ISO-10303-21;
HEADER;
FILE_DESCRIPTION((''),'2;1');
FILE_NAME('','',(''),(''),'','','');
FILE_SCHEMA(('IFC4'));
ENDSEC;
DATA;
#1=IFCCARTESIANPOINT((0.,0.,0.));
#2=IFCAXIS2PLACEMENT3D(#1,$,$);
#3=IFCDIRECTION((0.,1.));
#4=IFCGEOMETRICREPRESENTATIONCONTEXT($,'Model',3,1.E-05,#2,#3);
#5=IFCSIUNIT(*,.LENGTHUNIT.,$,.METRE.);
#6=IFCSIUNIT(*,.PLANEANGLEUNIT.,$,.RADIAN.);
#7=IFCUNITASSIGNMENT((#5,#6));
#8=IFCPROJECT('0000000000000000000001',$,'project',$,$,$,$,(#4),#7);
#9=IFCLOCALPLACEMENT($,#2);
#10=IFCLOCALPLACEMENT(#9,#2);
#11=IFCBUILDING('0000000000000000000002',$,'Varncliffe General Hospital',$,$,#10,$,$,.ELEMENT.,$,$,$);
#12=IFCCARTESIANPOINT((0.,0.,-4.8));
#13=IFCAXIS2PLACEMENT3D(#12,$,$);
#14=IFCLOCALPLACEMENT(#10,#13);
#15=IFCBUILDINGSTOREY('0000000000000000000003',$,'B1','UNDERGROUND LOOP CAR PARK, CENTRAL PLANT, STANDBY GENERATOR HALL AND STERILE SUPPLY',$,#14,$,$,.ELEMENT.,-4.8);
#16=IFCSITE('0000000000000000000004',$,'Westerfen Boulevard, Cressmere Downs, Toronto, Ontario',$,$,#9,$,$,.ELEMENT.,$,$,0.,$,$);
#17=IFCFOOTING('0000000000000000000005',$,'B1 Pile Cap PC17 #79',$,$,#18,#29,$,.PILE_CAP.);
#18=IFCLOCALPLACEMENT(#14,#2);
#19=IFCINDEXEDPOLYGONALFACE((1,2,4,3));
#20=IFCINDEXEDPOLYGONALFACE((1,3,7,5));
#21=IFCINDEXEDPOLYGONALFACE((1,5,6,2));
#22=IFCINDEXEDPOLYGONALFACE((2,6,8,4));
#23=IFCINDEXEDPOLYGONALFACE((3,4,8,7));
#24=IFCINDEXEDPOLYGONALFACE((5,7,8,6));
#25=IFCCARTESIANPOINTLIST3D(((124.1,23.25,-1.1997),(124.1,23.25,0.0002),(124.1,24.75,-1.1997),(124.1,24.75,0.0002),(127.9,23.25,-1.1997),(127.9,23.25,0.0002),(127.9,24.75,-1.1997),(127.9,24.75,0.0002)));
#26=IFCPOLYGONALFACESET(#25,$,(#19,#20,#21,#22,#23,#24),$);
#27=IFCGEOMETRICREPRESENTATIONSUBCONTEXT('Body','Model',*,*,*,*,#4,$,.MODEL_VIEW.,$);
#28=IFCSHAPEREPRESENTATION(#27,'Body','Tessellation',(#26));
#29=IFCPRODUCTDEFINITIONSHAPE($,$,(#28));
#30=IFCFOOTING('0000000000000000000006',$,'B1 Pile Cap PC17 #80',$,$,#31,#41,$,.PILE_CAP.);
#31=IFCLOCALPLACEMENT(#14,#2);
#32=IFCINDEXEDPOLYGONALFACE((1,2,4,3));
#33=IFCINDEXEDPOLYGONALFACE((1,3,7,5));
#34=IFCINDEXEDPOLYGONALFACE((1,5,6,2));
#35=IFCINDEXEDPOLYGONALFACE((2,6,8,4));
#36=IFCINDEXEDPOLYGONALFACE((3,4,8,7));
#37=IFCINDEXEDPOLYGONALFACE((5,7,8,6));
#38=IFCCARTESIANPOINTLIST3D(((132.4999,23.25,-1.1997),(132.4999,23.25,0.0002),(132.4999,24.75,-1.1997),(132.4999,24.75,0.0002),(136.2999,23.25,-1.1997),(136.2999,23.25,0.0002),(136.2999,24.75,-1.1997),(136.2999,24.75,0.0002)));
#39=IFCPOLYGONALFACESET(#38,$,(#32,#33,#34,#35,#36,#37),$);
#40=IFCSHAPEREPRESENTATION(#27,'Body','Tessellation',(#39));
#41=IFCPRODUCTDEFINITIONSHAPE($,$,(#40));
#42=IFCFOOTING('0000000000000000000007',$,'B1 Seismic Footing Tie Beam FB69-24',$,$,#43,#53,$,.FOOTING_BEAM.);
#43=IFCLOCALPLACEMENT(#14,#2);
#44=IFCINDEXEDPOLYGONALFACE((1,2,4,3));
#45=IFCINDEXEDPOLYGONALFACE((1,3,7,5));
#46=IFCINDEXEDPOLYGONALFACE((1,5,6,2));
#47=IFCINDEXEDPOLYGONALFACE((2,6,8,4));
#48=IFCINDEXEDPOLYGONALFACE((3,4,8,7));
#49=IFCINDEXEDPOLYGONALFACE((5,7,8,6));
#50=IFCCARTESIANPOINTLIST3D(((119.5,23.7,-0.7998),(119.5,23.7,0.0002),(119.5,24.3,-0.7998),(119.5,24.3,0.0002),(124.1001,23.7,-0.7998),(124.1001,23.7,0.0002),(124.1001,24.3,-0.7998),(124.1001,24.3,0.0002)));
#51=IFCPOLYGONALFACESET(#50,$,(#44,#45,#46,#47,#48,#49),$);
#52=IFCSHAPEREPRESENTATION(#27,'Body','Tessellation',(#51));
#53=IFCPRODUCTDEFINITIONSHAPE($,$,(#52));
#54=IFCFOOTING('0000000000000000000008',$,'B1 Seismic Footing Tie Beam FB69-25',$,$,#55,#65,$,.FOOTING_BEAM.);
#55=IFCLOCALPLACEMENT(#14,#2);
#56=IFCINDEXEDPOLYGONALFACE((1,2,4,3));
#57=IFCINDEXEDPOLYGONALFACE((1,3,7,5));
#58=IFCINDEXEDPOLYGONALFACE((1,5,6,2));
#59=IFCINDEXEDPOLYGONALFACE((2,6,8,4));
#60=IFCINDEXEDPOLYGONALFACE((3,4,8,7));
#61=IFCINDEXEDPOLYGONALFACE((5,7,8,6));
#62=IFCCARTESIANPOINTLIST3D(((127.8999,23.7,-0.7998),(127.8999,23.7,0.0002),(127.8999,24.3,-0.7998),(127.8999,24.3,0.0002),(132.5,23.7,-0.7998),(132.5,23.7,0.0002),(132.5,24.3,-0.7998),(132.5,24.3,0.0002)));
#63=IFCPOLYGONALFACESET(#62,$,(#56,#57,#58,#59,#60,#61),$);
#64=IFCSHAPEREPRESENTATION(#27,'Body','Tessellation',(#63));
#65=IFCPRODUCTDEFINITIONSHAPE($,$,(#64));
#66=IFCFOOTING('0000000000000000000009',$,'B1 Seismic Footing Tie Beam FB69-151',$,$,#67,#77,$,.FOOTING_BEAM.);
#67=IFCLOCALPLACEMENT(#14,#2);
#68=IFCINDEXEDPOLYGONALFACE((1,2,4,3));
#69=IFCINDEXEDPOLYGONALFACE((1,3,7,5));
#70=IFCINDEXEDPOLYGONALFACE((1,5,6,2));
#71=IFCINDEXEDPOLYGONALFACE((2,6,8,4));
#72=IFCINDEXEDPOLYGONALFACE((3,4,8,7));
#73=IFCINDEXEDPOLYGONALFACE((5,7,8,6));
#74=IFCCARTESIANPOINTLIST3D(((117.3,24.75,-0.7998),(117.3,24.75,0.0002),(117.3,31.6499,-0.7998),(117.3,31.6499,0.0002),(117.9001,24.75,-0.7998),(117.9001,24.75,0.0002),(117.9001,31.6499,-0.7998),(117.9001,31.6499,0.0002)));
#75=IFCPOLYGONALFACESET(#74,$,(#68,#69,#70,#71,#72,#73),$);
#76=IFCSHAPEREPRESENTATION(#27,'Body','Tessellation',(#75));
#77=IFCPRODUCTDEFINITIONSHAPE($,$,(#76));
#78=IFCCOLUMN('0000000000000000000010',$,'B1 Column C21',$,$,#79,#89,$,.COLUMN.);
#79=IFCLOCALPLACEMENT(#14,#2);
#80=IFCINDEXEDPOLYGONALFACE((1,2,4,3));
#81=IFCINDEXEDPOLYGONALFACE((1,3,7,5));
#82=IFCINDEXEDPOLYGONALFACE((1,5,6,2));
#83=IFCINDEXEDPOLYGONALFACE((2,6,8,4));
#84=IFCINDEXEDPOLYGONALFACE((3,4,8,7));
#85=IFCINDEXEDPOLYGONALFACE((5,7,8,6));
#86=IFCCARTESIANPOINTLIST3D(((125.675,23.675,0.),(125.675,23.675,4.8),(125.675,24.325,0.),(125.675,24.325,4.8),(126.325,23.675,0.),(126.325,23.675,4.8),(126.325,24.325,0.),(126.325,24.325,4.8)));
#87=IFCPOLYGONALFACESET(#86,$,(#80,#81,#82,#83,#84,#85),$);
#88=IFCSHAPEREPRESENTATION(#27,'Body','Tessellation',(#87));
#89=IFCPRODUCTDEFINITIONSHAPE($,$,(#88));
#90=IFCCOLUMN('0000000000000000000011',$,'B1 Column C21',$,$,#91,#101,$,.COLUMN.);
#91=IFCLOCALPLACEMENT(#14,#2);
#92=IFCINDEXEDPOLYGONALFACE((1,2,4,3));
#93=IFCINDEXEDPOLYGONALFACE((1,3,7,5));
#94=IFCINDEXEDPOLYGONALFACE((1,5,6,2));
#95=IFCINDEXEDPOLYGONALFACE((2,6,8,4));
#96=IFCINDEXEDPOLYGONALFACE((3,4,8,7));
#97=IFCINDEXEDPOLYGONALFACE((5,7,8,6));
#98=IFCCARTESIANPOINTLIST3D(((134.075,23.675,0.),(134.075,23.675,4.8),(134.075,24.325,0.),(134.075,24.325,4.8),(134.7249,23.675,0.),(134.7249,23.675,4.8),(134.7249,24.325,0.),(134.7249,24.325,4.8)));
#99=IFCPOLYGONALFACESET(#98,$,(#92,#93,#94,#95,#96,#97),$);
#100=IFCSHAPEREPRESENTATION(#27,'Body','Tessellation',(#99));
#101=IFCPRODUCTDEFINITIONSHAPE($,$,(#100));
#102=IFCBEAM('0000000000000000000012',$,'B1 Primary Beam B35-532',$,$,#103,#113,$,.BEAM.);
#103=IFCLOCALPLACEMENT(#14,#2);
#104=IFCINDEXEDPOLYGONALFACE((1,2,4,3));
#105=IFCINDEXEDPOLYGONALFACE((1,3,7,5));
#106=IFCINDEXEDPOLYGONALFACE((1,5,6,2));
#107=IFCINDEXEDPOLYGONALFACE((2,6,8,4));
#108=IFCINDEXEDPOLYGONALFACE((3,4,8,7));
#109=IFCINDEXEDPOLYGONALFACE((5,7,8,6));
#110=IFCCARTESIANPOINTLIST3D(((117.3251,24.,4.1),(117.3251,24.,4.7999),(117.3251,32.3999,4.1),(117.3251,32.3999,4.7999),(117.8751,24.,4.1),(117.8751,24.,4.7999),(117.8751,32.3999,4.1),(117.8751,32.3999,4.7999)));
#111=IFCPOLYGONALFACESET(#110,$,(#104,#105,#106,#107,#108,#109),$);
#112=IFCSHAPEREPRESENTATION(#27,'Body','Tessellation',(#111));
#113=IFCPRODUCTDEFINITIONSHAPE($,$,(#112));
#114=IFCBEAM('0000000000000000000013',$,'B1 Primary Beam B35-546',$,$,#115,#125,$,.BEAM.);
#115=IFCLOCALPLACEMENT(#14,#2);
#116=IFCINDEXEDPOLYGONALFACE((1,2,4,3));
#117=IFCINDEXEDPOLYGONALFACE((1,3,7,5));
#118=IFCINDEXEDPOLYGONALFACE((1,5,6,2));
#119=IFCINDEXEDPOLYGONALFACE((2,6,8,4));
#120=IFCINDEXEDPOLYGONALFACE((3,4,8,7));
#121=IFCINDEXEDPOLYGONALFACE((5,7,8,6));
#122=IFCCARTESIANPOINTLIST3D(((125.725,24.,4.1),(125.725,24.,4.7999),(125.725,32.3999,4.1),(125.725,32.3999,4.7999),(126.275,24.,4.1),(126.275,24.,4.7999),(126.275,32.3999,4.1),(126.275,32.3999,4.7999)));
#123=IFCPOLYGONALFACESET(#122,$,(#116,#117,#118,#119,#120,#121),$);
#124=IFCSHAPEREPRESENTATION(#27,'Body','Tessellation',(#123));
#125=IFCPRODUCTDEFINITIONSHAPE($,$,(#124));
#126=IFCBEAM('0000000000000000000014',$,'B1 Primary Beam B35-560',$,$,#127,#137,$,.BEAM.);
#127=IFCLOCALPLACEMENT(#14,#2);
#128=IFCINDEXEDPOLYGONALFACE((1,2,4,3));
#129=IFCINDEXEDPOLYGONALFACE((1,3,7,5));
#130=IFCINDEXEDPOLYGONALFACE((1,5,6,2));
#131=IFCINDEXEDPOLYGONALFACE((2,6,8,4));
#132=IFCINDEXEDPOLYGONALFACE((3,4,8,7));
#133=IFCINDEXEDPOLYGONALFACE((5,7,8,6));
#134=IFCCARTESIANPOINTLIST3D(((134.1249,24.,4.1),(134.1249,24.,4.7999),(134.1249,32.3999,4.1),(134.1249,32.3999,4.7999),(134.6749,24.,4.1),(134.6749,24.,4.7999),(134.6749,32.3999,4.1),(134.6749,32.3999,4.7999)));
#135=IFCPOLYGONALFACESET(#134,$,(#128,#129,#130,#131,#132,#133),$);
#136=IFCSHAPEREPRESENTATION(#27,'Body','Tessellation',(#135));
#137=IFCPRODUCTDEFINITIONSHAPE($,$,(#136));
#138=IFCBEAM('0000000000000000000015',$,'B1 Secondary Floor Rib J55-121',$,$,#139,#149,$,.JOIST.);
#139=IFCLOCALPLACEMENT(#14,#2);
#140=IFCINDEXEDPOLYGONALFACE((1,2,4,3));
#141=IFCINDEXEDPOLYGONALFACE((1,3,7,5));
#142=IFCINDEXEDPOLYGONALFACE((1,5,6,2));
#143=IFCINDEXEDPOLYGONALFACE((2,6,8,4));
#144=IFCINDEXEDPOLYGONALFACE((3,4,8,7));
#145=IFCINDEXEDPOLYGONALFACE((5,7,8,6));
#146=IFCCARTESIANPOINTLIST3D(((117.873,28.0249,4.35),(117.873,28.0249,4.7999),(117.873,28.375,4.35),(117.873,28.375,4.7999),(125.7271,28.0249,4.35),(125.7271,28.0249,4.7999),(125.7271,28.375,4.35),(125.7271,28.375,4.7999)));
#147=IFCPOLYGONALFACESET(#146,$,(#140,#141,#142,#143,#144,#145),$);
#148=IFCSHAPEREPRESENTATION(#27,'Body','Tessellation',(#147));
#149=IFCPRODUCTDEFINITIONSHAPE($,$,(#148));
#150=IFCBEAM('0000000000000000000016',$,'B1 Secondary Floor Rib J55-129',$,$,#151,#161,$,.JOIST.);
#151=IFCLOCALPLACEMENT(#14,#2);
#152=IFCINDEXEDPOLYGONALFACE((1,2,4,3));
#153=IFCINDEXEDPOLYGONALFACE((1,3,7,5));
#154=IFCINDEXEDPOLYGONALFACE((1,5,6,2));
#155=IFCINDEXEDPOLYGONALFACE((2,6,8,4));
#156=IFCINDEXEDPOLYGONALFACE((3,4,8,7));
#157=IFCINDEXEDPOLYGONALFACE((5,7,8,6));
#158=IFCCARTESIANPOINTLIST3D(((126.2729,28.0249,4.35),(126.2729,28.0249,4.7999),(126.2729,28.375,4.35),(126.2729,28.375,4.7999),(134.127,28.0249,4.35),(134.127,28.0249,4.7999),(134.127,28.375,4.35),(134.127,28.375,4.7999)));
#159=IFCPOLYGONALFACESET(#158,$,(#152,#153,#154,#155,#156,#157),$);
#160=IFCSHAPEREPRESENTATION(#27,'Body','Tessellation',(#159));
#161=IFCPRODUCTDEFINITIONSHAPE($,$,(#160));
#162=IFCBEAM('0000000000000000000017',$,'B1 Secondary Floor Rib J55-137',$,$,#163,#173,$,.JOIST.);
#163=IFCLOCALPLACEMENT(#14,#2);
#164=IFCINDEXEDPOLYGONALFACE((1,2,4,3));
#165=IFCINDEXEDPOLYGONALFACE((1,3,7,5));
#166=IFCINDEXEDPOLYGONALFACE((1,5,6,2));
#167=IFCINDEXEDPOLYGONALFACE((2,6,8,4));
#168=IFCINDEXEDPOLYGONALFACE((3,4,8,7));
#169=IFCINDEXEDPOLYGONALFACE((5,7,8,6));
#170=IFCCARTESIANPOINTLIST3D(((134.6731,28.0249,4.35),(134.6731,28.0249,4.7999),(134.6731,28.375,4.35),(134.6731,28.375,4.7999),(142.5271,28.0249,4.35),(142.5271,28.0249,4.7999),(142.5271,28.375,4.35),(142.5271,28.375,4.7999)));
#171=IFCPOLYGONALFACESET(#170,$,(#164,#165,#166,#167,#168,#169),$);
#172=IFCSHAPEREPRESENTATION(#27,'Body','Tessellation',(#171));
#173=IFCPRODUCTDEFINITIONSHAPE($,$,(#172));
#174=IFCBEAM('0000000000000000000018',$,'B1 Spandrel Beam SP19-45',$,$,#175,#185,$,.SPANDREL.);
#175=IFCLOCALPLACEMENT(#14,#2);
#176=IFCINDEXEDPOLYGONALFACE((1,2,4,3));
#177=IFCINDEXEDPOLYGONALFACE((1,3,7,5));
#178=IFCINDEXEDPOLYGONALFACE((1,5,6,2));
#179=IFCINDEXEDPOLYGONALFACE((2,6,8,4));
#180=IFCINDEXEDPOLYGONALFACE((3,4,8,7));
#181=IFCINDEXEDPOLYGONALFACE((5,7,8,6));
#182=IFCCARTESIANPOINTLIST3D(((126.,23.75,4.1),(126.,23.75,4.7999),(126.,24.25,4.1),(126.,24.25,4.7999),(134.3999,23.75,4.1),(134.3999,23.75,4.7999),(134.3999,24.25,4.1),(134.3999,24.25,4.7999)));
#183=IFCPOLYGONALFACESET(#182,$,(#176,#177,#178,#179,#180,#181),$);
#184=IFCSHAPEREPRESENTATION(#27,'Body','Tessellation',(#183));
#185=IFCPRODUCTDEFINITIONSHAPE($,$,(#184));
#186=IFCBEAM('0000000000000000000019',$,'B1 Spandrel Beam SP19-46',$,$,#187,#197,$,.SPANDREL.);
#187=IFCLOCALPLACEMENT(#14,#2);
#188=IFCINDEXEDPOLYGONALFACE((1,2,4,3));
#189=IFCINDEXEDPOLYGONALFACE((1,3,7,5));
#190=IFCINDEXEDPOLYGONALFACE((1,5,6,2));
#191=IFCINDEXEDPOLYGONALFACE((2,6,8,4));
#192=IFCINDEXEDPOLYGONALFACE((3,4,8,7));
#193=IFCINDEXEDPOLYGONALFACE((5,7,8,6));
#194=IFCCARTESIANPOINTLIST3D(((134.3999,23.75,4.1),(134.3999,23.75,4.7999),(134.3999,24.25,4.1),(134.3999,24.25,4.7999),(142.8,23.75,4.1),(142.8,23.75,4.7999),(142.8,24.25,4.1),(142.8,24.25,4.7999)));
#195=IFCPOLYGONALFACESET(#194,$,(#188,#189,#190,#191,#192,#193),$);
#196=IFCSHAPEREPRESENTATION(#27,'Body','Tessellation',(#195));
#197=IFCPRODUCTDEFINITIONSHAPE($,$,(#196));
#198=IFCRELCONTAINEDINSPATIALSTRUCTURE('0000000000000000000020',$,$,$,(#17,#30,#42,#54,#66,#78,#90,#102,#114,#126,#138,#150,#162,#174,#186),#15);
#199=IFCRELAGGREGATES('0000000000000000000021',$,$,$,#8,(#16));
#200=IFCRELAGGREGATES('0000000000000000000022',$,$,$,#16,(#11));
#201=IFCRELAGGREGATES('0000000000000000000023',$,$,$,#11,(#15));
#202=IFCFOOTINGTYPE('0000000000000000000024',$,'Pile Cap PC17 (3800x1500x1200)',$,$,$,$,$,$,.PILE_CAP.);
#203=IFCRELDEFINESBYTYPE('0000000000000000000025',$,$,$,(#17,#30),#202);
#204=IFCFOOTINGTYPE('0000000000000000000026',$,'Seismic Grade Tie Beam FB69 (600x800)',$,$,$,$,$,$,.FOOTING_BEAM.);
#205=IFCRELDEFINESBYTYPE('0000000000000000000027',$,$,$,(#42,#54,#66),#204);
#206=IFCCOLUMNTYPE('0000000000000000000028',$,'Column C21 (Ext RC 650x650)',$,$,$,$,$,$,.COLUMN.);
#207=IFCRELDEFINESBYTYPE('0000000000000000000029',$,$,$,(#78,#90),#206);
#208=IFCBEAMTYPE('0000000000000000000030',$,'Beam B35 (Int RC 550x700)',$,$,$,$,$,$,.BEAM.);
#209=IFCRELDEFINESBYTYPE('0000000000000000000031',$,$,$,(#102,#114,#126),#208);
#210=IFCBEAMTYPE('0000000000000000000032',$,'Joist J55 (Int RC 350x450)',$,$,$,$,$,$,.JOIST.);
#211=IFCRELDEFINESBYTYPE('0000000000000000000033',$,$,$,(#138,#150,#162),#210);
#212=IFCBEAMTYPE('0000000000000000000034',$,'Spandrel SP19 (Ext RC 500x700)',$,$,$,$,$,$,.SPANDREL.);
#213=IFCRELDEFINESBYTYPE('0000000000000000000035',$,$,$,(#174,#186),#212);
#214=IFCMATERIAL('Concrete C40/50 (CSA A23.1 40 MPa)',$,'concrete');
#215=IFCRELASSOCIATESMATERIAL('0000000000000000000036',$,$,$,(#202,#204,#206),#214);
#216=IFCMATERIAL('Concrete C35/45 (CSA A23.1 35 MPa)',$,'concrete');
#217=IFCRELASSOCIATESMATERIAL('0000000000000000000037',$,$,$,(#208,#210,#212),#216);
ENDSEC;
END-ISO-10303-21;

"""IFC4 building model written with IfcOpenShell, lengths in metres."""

from ifc_helpers import new_model, si_unit, direction, frame, origin, origin_2d, place, context, subcontext, project, spatial, rectangle, extrude, material, material_profile, profile_set, type_object, element, save


model = new_model("IFC4")

# Units and contexts
model_context = context("Model", 3, precision=1e-05, world=origin(), true_north=direction((0.0, 1.0)))
body_context = subcontext(model_context, "Body", "Model", "MODEL_VIEW")
ifc_project = project(units=[si_unit("LENGTHUNIT", "METRE"), si_unit("PLANEANGLEUNIT", "RADIAN")], contexts=[model_context])

# Site, building, storey
site_placement = place(None, origin())
site = spatial("IfcSite", under=ifc_project, at=site_placement, Name="Westerfen Boulevard, Cressmere Downs, Toronto, Ontario", CompositionType="ELEMENT", RefElevation=0.0)
building_placement = place(site_placement, origin())
building = spatial("IfcBuilding", under=site, at=building_placement, Name="Varncliffe General Hospital", CompositionType="ELEMENT")
storey_placement = place(building_placement, frame((0.0, 0.0, -4.8)))
storey = spatial("IfcBuildingStorey", under=building, at=storey_placement, Name="B1", Description="UNDERGROUND LOOP CAR PARK, CENTRAL PLANT, STANDBY GENERATOR HALL AND STERILE SUPPLY", CompositionType="ELEMENT", Elevation=-4.8)

# Shared definitions
ifc_material_1 = material(Name="Concrete C40/50 (CSA A23.1 40 MPa)", Category="concrete")

# Footings
footing_type_1 = type_object("IfcFootingType", Name="Pile Cap PC17 (3800x1500x1200)", PredefinedType="PILE_CAP", material=ifc_material_1)
for number, where, z_axis, x_axis, name in (
    (1, (126.0, 24.0, -1.1997), (0.0, 0.0, 1.0), (1.0, 0.0, 0.0), "B1 Pile Cap PC17 #79"),
    (2, (134.3999, 24.0, -1.1997), (0.0, 0.0, 1.0), (1.0, 0.0, 0.0), "B1 Pile Cap PC17 #80"),
):
    element("IfcFooting", number, at=place(storey_placement, frame(where, z_axis=z_axis, x_axis=x_axis)), inside=storey, type_object=footing_type_1, Name=name, PredefinedType="PILE_CAP", context=body_context, shape_type="SweptSolid", body=[
        extrude(rectangle(XDim=3.8, YDim=1.5, at=origin_2d()), origin(), (0.0, 0.0, 1.0), 1.2),
    ])
footing_type_2 = type_object("IfcFootingType", Name="Seismic Grade Tie Beam FB69 (600x800)", PredefinedType="FOOTING_BEAM", material=ifc_material_1)
for number, where, z_axis, x_axis, name in (
    (3, (121.8, 24.0, -0.7998), (0.0, 0.0, 1.0), (1.0, 0.0, 0.0), "B1 Seismic Footing Tie Beam FB69-24"),
    (4, (130.2, 24.0, -0.7998), (0.0, 0.0, 1.0), (1.0, 0.0, 0.0), "B1 Seismic Footing Tie Beam FB69-25"),
):
    element("IfcFooting", number, at=place(storey_placement, frame(where, z_axis=z_axis, x_axis=x_axis)), inside=storey, type_object=footing_type_2, Name=name, PredefinedType="FOOTING_BEAM", context=body_context, shape_type="SweptSolid", body=[
        extrude(rectangle(XDim=4.6001, YDim=0.6001, at=origin_2d()), origin(), (0.0, 0.0, 1.0), 0.8),
    ])
footing_placement = place(storey_placement, frame((117.6001, 28.2, -0.7998), z_axis=(0.0, 0.0, 1.0), x_axis=(1.0, 0.0, 0.0)))
element("IfcFooting", 5, at=footing_placement, inside=storey, type_object=footing_type_2, Name="B1 Seismic Footing Tie Beam FB69-151", PredefinedType="FOOTING_BEAM", context=body_context, shape_type="SweptSolid", body=[
    extrude(rectangle(XDim=0.6001, YDim=6.8999, at=origin_2d()), origin(), (0.0, 0.0, 1.0), 0.8),
])

# Columns
ifc_material_profile_1 = material_profile(ifc_material_1, rectangle(XDim=0.6499, YDim=0.6499, at=origin_2d()), Name="RC 650x650")
ifc_profile_set_1 = profile_set([ifc_material_profile_1], Name="Concrete C40/50 (CSA A23.1 40 MPa)")
column_type = type_object("IfcColumnType", Name="Column C21 (Ext RC 650x650)", PredefinedType="COLUMN", material=ifc_profile_set_1)
for number, where, z_axis, x_axis, name in (
    (6, (126.0, 24.0, 0.0), (0.0, 0.0, 1.0), (1.0, 0.0, 0.0), "B1 Column C21"),
    (7, (134.3999, 24.0, 0.0), (0.0, 0.0, 1.0), (1.0, 0.0, 0.0), "B1 Column C21"),
):
    element("IfcColumn", number, at=place(storey_placement, frame(where, z_axis=z_axis, x_axis=x_axis)), inside=storey, type_object=column_type, Name=name, PredefinedType="COLUMN", context=body_context, shape_type="SweptSolid", body=[
        extrude(rectangle(XDim=0.6499, YDim=0.6499, at=origin_2d()), origin(), (0.0, 0.0, 1.0), 4.8),
    ])

# Beams
ifc_material_2 = material(Name="Concrete C35/45 (CSA A23.1 35 MPa)", Category="concrete")
ifc_material_profile_2 = material_profile(ifc_material_2, rectangle(XDim=0.55, YDim=0.7, at=origin_2d()), Name="RC 550x700")
ifc_profile_set_2 = profile_set([ifc_material_profile_2], Name="Concrete C35/45 (CSA A23.1 35 MPa)")
beam_type_1 = type_object("IfcBeamType", Name="Beam B35 (Int RC 550x700)", PredefinedType="BEAM", material=ifc_profile_set_2)
for number, where, z_axis, x_axis, name in (
    (8, (117.6001, 24.0, 4.45), (0.0, 1.0, 0.0), (-1.0, 0.0, 0.0), "B1 Primary Beam B35-532"),
    (9, (126.0, 24.0, 4.45), (0.0, 1.0, 0.0), (-1.0, 0.0, 0.0), "B1 Primary Beam B35-546"),
    (10, (134.3999, 24.0, 4.45), (0.0, 1.0, 0.0), (-1.0, 0.0, 0.0), "B1 Primary Beam B35-560"),
):
    element("IfcBeam", number, at=place(storey_placement, frame(where, z_axis=z_axis, x_axis=x_axis)), inside=storey, type_object=beam_type_1, Name=name, PredefinedType="BEAM", context=body_context, shape_type="SweptSolid", body=[
        extrude(rectangle(XDim=0.55, YDim=0.7, at=origin_2d()), origin(), (0.0, 0.0, 1.0), 8.3999),
    ])
ifc_material_profile_3 = material_profile(ifc_material_2, rectangle(XDim=0.3501, YDim=0.45, at=origin_2d()), Name="RC 350x450")
ifc_profile_set_3 = profile_set([ifc_material_profile_3], Name="Concrete C35/45 (CSA A23.1 35 MPa)")
beam_type_2 = type_object("IfcBeamType", Name="Joist J55 (Int RC 350x450)", PredefinedType="JOIST", material=ifc_profile_set_3)
for number, where, z_axis, x_axis, name in (
    (11, (117.873, 28.2, 4.575), (1.0, 0.0, 0.0), (0.0, 1.0, 0.0), "B1 Secondary Floor Rib J55-121"),
    (12, (126.2729, 28.2, 4.575), (1.0, 0.0, 0.0), (0.0, 1.0, 0.0), "B1 Secondary Floor Rib J55-129"),
    (13, (134.6731, 28.2, 4.575), (1.0, 0.0, 0.0), (0.0, 1.0, 0.0), "B1 Secondary Floor Rib J55-137"),
):
    element("IfcBeam", number, at=place(storey_placement, frame(where, z_axis=z_axis, x_axis=x_axis)), inside=storey, type_object=beam_type_2, Name=name, PredefinedType="JOIST", context=body_context, shape_type="SweptSolid", body=[
        extrude(rectangle(XDim=0.3501, YDim=0.45, at=origin_2d()), origin(), (0.0, 0.0, 1.0), 7.854),
    ])
ifc_material_profile_4 = material_profile(ifc_material_2, rectangle(XDim=0.5, YDim=0.7, at=origin_2d()), Name="RC 500x700")
ifc_profile_set_4 = profile_set([ifc_material_profile_4], Name="Concrete C35/45 (CSA A23.1 35 MPa)")
beam_type_3 = type_object("IfcBeamType", Name="Spandrel SP19 (Ext RC 500x700)", PredefinedType="SPANDREL", material=ifc_profile_set_4)
beam_1_placement = place(storey_placement, frame((126.0, 24.0, 4.45), z_axis=(1.0, 0.0, 0.0), x_axis=(0.0, 1.0, 0.0)))
element("IfcBeam", 14, at=beam_1_placement, inside=storey, type_object=beam_type_3, Name="B1 Spandrel Beam SP19-45", PredefinedType="SPANDREL", context=body_context, shape_type="SweptSolid", body=[
    extrude(rectangle(XDim=0.5, YDim=0.7, at=origin_2d()), origin(), (0.0, 0.0, 1.0), 8.3999),
])
beam_2_placement = place(storey_placement, frame((134.3999, 24.0, 4.45), z_axis=(1.0, 0.0, 0.0), x_axis=(0.0, 1.0, 0.0)))
element("IfcBeam", 15, at=beam_2_placement, inside=storey, type_object=beam_type_3, Name="B1 Spandrel Beam SP19-46", PredefinedType="SPANDREL", context=body_context, shape_type="SweptSolid", body=[
    extrude(rectangle(XDim=0.5, YDim=0.7, at=origin_2d()), origin(), (0.0, 0.0, 1.0), 8.4001),
])

save(model, "model.ifc")
